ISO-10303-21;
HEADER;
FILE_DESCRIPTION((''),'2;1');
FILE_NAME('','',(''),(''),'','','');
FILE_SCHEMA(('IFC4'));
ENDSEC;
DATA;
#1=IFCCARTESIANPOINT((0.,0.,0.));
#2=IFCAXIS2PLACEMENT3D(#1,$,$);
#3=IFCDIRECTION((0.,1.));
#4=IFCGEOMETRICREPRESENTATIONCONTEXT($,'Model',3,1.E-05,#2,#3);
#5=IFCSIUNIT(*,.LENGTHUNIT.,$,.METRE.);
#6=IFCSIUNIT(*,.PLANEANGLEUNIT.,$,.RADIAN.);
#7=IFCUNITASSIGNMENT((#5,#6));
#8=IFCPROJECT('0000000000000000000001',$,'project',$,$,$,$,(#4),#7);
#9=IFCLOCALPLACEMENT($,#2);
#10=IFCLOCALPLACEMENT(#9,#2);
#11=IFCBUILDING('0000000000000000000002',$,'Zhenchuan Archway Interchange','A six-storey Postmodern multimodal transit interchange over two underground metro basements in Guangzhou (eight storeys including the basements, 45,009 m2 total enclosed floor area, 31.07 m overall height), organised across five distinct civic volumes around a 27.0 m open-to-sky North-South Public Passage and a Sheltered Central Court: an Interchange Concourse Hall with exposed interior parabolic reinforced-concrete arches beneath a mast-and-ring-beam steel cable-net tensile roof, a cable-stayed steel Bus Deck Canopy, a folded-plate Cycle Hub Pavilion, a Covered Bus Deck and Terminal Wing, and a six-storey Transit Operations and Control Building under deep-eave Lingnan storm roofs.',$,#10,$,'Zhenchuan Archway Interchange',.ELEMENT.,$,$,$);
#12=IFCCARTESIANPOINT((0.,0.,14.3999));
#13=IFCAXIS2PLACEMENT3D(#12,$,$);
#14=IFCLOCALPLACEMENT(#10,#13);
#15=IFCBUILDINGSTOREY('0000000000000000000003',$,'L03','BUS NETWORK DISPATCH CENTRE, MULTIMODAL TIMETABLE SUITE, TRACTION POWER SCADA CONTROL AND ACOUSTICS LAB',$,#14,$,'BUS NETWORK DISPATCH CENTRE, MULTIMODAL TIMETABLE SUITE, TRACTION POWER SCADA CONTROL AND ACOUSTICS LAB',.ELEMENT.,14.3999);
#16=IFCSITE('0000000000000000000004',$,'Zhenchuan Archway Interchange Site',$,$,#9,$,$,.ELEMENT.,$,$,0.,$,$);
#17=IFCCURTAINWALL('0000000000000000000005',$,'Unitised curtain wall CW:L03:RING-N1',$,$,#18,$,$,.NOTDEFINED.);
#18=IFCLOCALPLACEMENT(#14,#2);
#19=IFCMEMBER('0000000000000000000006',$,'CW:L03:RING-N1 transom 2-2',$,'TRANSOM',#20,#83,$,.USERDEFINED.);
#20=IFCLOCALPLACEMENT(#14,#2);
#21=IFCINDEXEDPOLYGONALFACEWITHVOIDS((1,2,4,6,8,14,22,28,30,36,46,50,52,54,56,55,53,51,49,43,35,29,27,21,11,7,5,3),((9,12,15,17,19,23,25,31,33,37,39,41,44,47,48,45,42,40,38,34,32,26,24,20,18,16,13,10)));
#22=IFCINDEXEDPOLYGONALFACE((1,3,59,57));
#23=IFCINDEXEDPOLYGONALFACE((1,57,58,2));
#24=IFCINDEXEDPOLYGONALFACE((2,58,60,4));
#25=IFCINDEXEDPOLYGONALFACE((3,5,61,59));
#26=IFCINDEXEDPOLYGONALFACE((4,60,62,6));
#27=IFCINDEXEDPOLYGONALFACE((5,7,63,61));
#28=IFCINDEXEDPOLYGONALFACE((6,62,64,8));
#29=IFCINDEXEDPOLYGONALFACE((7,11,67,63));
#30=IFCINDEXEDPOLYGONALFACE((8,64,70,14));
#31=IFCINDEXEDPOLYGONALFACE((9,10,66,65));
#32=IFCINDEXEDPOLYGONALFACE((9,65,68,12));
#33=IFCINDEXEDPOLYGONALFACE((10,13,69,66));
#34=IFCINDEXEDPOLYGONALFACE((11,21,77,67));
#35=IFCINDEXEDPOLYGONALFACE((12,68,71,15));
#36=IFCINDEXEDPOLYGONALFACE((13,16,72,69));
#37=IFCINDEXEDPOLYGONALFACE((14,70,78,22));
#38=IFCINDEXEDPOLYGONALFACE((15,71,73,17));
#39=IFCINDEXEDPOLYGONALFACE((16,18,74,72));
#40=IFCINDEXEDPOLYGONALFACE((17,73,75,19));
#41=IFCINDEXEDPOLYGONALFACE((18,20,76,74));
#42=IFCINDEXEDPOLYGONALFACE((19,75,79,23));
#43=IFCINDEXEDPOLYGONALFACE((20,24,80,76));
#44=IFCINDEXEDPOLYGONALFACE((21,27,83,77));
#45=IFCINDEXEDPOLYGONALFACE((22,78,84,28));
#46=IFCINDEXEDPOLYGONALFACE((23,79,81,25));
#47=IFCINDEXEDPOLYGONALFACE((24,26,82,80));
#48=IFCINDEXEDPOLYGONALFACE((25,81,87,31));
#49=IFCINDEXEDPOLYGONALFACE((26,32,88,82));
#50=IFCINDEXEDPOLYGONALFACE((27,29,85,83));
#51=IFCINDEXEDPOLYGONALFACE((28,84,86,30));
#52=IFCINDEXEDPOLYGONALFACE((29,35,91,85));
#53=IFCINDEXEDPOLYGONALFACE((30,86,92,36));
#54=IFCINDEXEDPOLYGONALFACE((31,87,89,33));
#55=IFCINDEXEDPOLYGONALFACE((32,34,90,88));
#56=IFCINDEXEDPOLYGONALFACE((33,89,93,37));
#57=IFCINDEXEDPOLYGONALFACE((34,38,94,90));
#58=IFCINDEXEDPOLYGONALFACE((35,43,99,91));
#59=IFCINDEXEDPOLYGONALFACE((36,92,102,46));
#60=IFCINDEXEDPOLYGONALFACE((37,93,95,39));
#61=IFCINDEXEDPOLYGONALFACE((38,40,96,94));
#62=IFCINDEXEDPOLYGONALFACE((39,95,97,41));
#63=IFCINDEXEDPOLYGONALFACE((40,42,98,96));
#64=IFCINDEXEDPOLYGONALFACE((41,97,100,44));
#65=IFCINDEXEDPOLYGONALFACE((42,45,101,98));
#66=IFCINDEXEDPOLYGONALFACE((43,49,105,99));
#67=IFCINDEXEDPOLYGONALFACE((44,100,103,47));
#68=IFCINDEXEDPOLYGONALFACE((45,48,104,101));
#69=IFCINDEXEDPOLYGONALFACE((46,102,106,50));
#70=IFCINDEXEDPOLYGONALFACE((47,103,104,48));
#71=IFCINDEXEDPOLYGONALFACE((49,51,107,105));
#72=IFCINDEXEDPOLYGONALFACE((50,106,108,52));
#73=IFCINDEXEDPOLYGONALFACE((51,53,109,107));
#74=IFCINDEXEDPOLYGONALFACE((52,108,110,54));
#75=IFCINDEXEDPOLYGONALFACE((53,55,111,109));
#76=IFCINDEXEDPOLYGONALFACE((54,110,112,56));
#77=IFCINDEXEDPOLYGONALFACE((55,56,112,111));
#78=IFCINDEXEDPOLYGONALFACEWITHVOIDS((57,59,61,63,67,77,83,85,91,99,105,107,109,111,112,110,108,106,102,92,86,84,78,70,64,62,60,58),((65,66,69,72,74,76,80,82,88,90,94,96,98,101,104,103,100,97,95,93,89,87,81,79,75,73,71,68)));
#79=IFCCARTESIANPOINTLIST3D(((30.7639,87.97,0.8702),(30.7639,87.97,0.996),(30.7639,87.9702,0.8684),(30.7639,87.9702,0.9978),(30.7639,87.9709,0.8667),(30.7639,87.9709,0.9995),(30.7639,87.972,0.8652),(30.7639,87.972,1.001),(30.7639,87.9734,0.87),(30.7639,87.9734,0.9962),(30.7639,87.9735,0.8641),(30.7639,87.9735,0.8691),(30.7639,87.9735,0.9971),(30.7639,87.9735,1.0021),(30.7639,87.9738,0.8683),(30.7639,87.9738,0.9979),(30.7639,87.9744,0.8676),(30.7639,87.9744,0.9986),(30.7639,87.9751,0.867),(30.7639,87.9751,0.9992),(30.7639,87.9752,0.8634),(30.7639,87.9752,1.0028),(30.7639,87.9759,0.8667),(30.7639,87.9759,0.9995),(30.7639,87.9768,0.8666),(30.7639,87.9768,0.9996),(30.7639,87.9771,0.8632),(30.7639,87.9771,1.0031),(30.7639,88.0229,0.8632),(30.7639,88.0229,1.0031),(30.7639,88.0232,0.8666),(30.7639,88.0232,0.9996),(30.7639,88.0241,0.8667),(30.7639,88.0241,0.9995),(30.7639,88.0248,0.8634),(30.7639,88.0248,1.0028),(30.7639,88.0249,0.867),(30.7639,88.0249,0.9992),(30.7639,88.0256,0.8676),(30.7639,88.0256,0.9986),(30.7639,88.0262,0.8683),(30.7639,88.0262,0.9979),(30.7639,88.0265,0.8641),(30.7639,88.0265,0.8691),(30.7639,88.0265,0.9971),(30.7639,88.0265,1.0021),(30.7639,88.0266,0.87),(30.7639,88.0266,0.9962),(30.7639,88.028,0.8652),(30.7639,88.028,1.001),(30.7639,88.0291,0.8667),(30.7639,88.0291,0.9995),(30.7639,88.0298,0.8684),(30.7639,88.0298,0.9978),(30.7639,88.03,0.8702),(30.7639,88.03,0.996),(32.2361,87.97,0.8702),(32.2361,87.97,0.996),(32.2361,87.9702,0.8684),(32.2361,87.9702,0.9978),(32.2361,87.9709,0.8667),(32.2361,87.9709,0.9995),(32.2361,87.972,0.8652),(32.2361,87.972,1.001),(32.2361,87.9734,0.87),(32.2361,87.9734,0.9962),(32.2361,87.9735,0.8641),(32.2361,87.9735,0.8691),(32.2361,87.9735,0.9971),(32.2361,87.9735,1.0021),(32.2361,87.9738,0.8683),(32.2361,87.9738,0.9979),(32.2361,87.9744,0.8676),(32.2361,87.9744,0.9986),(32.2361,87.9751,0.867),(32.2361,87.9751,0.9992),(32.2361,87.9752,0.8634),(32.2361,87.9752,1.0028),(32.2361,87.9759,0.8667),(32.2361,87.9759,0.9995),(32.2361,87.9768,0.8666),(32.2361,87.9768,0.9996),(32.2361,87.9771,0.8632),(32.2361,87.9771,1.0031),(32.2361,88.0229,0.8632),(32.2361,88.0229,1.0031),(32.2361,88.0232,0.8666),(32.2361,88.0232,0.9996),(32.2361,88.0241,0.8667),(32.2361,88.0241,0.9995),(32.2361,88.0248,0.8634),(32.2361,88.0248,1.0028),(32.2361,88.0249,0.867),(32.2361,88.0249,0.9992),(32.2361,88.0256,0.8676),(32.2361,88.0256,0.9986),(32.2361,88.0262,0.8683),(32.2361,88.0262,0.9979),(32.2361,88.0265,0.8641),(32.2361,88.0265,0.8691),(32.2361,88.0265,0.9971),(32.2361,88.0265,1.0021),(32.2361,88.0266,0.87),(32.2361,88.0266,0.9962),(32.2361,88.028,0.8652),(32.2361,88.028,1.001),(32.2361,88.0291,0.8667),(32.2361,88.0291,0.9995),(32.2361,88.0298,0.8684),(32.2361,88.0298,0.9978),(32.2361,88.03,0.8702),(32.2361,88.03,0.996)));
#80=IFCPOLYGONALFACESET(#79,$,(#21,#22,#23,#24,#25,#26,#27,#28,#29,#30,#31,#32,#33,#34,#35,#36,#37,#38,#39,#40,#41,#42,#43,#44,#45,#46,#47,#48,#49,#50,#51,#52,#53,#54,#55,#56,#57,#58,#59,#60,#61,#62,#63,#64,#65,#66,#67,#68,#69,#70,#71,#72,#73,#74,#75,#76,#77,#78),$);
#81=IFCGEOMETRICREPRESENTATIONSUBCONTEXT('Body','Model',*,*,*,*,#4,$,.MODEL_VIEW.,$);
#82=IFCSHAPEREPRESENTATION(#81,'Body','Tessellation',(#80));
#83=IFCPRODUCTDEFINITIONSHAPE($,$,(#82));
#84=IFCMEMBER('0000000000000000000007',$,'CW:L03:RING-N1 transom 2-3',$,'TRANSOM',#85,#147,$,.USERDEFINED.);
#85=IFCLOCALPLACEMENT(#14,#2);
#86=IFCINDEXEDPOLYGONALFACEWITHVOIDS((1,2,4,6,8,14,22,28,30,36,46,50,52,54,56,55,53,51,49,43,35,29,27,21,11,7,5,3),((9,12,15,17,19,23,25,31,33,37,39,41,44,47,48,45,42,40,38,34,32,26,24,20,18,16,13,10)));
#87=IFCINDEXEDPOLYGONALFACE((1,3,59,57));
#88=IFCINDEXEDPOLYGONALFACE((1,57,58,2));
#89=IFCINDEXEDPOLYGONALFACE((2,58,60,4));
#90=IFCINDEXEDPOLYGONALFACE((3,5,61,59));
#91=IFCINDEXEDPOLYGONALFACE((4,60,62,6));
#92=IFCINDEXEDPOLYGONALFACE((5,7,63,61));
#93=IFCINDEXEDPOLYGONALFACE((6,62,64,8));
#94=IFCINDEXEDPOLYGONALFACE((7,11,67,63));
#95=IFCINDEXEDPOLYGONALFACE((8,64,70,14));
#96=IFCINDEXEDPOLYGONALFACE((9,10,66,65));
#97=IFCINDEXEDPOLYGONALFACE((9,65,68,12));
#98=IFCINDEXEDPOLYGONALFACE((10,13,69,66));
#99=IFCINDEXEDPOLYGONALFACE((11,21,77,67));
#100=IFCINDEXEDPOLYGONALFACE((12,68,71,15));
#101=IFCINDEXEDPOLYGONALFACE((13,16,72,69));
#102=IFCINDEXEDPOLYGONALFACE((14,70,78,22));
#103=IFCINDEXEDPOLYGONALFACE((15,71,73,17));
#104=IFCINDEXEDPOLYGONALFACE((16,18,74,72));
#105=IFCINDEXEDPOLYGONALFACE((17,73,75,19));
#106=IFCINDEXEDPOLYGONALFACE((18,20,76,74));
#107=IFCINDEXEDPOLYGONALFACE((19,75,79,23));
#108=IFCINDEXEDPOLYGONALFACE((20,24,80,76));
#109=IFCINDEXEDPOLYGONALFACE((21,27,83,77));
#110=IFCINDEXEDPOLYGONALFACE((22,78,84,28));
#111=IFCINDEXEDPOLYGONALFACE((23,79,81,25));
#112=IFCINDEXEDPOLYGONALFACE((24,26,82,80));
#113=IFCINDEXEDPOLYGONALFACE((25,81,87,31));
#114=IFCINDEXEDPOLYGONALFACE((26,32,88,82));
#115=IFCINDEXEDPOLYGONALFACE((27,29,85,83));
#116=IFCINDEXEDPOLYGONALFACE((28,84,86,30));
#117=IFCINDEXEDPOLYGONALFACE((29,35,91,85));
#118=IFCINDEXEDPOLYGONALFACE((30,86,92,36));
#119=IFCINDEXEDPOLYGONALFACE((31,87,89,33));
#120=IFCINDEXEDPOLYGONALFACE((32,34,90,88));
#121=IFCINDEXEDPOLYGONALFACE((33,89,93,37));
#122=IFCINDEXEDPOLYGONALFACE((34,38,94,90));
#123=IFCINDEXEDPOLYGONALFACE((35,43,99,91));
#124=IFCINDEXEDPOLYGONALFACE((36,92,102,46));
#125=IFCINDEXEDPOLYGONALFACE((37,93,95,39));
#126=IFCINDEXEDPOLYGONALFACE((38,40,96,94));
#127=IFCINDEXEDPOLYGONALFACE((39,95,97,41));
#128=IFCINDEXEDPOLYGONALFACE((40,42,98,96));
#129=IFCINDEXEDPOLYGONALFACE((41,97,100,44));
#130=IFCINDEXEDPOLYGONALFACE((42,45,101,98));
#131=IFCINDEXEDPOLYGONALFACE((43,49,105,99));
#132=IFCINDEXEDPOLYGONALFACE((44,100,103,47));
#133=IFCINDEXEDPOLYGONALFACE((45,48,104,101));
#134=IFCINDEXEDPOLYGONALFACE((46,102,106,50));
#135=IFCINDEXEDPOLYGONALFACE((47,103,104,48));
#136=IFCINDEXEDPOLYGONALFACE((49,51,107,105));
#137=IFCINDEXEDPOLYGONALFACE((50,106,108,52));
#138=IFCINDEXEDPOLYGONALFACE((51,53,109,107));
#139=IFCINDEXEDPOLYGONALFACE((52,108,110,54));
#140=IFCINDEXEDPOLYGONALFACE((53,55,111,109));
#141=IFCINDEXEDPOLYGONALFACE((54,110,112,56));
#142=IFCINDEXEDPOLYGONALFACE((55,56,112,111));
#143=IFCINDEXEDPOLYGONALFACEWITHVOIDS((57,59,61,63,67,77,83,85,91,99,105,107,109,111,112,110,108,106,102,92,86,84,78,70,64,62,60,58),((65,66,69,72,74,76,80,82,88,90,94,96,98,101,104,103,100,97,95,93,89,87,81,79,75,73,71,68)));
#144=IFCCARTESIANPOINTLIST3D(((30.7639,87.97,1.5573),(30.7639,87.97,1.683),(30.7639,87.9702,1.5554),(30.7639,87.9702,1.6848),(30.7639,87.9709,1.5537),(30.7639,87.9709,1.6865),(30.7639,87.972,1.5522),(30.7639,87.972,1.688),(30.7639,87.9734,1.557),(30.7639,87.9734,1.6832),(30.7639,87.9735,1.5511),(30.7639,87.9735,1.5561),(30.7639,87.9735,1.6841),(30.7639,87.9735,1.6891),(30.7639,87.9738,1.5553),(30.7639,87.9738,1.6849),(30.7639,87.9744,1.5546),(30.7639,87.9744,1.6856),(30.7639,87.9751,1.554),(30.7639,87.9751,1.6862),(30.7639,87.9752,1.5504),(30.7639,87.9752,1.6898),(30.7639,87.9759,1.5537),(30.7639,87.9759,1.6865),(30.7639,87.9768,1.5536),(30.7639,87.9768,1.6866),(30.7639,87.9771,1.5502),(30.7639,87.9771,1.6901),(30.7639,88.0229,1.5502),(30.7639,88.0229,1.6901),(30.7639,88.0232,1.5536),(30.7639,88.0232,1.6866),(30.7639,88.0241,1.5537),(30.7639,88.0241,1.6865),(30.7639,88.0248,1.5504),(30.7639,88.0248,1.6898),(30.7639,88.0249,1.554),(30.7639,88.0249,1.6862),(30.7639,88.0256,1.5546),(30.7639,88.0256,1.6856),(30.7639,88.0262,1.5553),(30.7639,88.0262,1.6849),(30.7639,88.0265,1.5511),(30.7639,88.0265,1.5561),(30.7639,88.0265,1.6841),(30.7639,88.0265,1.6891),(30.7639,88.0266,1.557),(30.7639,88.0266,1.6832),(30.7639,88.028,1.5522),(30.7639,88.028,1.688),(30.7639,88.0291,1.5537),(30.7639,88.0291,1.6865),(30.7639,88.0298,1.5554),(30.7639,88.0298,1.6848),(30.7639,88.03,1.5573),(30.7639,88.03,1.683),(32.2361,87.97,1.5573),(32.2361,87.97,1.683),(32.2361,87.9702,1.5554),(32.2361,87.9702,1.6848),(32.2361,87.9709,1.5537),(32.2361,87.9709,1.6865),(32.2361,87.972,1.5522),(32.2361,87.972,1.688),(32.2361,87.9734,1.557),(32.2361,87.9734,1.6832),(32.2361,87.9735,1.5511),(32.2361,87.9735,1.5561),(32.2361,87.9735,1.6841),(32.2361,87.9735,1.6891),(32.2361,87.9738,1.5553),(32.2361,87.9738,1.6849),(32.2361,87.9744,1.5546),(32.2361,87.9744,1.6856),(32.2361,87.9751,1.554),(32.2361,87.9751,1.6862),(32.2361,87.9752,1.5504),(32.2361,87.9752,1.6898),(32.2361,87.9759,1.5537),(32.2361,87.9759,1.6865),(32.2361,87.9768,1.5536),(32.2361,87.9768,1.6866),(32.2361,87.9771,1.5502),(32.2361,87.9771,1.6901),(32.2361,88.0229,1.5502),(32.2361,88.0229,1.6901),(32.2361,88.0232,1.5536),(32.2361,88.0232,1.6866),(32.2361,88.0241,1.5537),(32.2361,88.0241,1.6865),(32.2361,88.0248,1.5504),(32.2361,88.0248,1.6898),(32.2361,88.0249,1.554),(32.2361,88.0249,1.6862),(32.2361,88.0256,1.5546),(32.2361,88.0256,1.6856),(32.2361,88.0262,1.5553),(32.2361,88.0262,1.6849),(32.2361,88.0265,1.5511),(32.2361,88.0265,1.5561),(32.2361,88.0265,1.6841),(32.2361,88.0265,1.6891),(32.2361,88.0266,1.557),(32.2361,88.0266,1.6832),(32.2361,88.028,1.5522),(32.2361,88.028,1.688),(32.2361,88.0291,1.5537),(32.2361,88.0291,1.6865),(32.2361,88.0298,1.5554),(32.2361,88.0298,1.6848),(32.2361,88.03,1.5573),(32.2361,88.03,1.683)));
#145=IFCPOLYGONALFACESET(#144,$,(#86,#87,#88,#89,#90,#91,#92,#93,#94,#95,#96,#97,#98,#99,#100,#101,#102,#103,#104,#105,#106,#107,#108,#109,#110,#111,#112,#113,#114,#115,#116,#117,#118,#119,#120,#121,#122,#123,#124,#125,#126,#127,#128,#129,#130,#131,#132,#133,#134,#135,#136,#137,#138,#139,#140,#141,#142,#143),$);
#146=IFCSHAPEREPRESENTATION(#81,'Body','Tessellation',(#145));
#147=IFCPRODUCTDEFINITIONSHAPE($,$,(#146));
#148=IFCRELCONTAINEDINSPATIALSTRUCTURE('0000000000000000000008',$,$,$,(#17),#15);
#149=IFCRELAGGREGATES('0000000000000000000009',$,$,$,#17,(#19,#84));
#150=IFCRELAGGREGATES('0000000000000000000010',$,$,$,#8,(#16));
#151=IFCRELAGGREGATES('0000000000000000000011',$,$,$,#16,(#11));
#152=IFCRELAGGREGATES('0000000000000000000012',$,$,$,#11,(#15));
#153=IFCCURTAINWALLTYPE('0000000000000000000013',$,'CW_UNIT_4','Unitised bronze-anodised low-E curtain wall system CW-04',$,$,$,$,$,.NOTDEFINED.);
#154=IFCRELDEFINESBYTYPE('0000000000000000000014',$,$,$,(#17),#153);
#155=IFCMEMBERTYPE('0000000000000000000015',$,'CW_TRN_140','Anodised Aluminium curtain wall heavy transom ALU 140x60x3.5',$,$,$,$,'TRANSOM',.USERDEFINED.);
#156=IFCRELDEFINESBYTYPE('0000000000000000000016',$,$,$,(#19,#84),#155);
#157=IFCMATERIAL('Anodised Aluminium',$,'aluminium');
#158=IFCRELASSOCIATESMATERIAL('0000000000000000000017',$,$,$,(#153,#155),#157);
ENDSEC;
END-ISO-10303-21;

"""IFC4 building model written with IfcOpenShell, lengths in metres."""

from ifc_helpers import new_model, si_unit, direction, frame, origin, origin_2d, place, context, subcontext, project, spatial, hollow_rectangle, extrude, material, material_profile, profile_set, type_object, element, aggregate, save


model = new_model("IFC4")

# Units and contexts
model_context = context("Model", 3, precision=1e-05, world=origin(), true_north=direction((0.0, 1.0)))
body_context = subcontext(model_context, "Body", "Model", "MODEL_VIEW")
ifc_project = project(units=[si_unit("LENGTHUNIT", "METRE"), si_unit("PLANEANGLEUNIT", "RADIAN")], contexts=[model_context])

# Site, building, storey
site_placement = place(None, origin())
site = spatial("IfcSite", under=ifc_project, at=site_placement, Name="Zhenchuan Archway Interchange Site", CompositionType="ELEMENT", RefElevation=0.0)
building_placement = place(site_placement, origin())
building = spatial("IfcBuilding", under=site, at=building_placement, Name="Zhenchuan Archway Interchange", Description="A six-storey Postmodern multimodal transit interchange over two underground metro basements in Guangzhou (eight storeys including the basements, 45,009 m2 total enclosed floor area, 31.07 m overall height), organised across five distinct civic volumes around a 27.0 m open-to-sky North-South Public Passage and a Sheltered Central Court: an Interchange Concourse Hall with exposed interior parabolic reinforced-concrete arches beneath a mast-and-ring-beam steel cable-net tensile roof, a cable-stayed steel Bus Deck Canopy, a folded-plate Cycle Hub Pavilion, a Covered Bus Deck and Terminal Wing, and a six-storey Transit Operations and Control Building under deep-eave Lingnan storm roofs.", LongName="Zhenchuan Archway Interchange", CompositionType="ELEMENT")
storey_placement = place(building_placement, frame((0.0, 0.0, 14.3999)))
storey = spatial("IfcBuildingStorey", under=building, at=storey_placement, Name="L03", Description="BUS NETWORK DISPATCH CENTRE, MULTIMODAL TIMETABLE SUITE, TRACTION POWER SCADA CONTROL AND ACOUSTICS LAB", LongName="BUS NETWORK DISPATCH CENTRE, MULTIMODAL TIMETABLE SUITE, TRACTION POWER SCADA CONTROL AND ACOUSTICS LAB", CompositionType="ELEMENT", Elevation=14.3999)

# Curtain wall, members
ifc_material_1 = material(Name="Anodised Aluminium", Category="aluminium")
curtain_wall_type = type_object("IfcCurtainWallType", Name="CW_UNIT_4", Description="Unitised bronze-anodised low-E curtain wall system CW-04", PredefinedType="NOTDEFINED", material=ifc_material_1)
curtain_wall_placement = place(storey_placement, origin())
curtain_wall = element("IfcCurtainWall", 1, at=curtain_wall_placement, inside=storey, type_object=curtain_wall_type, Name="Unitised curtain wall CW:L03:RING-N1", PredefinedType="NOTDEFINED")
ifc_material_profile_1 = material_profile(ifc_material_1, hollow_rectangle(XDim=0.0601, YDim=0.1399, WallThickness=0.0034, InnerFilletRadius=0.0034, OuterFilletRadius=0.0071, at=origin_2d()), Name="ALU 140x60x3.5")
ifc_profile_set_1 = profile_set([ifc_material_profile_1], Name="Anodised Aluminium")
member_type_1 = type_object("IfcMemberType", Name="CW_TRN_140", Description="Anodised Aluminium curtain wall heavy transom ALU 140x60x3.5", ElementType="TRANSOM", PredefinedType="USERDEFINED", material=ifc_profile_set_1)
member_1_placement = place(storey_placement, frame((30.7639, 88.0, 0.9331), z_axis=(1.0, 0.0, 0.0), x_axis=(0.0, 1.0, 0.0)))
member_1 = element("IfcMember", 2, at=member_1_placement, type_object=member_type_1, Name="CW:L03:RING-N1 transom 2-2", ObjectType="TRANSOM", PredefinedType="USERDEFINED", context=body_context, shape_type="SweptSolid", body=[
    extrude(hollow_rectangle(XDim=0.0601, YDim=0.1399, WallThickness=0.0034, InnerFilletRadius=0.0034, OuterFilletRadius=0.0071, at=origin_2d()), origin(), (0.0, 0.0, 1.0), 1.4722),
])
member_2_placement = place(storey_placement, frame((30.7639, 88.0, 1.6201), z_axis=(1.0, 0.0, 0.0), x_axis=(0.0, 1.0, 0.0)))
member_2 = element("IfcMember", 3, at=member_2_placement, type_object=member_type_1, Name="CW:L03:RING-N1 transom 2-3", ObjectType="TRANSOM", PredefinedType="USERDEFINED", context=body_context, shape_type="SweptSolid", body=[
    extrude(hollow_rectangle(XDim=0.0601, YDim=0.1399, WallThickness=0.0034, InnerFilletRadius=0.0034, OuterFilletRadius=0.0071, at=origin_2d()), origin(), (0.0, 0.0, 1.0), 1.4722),
])

aggregate(curtain_wall, [member_1, member_2])

save(model, "model.ifc")
